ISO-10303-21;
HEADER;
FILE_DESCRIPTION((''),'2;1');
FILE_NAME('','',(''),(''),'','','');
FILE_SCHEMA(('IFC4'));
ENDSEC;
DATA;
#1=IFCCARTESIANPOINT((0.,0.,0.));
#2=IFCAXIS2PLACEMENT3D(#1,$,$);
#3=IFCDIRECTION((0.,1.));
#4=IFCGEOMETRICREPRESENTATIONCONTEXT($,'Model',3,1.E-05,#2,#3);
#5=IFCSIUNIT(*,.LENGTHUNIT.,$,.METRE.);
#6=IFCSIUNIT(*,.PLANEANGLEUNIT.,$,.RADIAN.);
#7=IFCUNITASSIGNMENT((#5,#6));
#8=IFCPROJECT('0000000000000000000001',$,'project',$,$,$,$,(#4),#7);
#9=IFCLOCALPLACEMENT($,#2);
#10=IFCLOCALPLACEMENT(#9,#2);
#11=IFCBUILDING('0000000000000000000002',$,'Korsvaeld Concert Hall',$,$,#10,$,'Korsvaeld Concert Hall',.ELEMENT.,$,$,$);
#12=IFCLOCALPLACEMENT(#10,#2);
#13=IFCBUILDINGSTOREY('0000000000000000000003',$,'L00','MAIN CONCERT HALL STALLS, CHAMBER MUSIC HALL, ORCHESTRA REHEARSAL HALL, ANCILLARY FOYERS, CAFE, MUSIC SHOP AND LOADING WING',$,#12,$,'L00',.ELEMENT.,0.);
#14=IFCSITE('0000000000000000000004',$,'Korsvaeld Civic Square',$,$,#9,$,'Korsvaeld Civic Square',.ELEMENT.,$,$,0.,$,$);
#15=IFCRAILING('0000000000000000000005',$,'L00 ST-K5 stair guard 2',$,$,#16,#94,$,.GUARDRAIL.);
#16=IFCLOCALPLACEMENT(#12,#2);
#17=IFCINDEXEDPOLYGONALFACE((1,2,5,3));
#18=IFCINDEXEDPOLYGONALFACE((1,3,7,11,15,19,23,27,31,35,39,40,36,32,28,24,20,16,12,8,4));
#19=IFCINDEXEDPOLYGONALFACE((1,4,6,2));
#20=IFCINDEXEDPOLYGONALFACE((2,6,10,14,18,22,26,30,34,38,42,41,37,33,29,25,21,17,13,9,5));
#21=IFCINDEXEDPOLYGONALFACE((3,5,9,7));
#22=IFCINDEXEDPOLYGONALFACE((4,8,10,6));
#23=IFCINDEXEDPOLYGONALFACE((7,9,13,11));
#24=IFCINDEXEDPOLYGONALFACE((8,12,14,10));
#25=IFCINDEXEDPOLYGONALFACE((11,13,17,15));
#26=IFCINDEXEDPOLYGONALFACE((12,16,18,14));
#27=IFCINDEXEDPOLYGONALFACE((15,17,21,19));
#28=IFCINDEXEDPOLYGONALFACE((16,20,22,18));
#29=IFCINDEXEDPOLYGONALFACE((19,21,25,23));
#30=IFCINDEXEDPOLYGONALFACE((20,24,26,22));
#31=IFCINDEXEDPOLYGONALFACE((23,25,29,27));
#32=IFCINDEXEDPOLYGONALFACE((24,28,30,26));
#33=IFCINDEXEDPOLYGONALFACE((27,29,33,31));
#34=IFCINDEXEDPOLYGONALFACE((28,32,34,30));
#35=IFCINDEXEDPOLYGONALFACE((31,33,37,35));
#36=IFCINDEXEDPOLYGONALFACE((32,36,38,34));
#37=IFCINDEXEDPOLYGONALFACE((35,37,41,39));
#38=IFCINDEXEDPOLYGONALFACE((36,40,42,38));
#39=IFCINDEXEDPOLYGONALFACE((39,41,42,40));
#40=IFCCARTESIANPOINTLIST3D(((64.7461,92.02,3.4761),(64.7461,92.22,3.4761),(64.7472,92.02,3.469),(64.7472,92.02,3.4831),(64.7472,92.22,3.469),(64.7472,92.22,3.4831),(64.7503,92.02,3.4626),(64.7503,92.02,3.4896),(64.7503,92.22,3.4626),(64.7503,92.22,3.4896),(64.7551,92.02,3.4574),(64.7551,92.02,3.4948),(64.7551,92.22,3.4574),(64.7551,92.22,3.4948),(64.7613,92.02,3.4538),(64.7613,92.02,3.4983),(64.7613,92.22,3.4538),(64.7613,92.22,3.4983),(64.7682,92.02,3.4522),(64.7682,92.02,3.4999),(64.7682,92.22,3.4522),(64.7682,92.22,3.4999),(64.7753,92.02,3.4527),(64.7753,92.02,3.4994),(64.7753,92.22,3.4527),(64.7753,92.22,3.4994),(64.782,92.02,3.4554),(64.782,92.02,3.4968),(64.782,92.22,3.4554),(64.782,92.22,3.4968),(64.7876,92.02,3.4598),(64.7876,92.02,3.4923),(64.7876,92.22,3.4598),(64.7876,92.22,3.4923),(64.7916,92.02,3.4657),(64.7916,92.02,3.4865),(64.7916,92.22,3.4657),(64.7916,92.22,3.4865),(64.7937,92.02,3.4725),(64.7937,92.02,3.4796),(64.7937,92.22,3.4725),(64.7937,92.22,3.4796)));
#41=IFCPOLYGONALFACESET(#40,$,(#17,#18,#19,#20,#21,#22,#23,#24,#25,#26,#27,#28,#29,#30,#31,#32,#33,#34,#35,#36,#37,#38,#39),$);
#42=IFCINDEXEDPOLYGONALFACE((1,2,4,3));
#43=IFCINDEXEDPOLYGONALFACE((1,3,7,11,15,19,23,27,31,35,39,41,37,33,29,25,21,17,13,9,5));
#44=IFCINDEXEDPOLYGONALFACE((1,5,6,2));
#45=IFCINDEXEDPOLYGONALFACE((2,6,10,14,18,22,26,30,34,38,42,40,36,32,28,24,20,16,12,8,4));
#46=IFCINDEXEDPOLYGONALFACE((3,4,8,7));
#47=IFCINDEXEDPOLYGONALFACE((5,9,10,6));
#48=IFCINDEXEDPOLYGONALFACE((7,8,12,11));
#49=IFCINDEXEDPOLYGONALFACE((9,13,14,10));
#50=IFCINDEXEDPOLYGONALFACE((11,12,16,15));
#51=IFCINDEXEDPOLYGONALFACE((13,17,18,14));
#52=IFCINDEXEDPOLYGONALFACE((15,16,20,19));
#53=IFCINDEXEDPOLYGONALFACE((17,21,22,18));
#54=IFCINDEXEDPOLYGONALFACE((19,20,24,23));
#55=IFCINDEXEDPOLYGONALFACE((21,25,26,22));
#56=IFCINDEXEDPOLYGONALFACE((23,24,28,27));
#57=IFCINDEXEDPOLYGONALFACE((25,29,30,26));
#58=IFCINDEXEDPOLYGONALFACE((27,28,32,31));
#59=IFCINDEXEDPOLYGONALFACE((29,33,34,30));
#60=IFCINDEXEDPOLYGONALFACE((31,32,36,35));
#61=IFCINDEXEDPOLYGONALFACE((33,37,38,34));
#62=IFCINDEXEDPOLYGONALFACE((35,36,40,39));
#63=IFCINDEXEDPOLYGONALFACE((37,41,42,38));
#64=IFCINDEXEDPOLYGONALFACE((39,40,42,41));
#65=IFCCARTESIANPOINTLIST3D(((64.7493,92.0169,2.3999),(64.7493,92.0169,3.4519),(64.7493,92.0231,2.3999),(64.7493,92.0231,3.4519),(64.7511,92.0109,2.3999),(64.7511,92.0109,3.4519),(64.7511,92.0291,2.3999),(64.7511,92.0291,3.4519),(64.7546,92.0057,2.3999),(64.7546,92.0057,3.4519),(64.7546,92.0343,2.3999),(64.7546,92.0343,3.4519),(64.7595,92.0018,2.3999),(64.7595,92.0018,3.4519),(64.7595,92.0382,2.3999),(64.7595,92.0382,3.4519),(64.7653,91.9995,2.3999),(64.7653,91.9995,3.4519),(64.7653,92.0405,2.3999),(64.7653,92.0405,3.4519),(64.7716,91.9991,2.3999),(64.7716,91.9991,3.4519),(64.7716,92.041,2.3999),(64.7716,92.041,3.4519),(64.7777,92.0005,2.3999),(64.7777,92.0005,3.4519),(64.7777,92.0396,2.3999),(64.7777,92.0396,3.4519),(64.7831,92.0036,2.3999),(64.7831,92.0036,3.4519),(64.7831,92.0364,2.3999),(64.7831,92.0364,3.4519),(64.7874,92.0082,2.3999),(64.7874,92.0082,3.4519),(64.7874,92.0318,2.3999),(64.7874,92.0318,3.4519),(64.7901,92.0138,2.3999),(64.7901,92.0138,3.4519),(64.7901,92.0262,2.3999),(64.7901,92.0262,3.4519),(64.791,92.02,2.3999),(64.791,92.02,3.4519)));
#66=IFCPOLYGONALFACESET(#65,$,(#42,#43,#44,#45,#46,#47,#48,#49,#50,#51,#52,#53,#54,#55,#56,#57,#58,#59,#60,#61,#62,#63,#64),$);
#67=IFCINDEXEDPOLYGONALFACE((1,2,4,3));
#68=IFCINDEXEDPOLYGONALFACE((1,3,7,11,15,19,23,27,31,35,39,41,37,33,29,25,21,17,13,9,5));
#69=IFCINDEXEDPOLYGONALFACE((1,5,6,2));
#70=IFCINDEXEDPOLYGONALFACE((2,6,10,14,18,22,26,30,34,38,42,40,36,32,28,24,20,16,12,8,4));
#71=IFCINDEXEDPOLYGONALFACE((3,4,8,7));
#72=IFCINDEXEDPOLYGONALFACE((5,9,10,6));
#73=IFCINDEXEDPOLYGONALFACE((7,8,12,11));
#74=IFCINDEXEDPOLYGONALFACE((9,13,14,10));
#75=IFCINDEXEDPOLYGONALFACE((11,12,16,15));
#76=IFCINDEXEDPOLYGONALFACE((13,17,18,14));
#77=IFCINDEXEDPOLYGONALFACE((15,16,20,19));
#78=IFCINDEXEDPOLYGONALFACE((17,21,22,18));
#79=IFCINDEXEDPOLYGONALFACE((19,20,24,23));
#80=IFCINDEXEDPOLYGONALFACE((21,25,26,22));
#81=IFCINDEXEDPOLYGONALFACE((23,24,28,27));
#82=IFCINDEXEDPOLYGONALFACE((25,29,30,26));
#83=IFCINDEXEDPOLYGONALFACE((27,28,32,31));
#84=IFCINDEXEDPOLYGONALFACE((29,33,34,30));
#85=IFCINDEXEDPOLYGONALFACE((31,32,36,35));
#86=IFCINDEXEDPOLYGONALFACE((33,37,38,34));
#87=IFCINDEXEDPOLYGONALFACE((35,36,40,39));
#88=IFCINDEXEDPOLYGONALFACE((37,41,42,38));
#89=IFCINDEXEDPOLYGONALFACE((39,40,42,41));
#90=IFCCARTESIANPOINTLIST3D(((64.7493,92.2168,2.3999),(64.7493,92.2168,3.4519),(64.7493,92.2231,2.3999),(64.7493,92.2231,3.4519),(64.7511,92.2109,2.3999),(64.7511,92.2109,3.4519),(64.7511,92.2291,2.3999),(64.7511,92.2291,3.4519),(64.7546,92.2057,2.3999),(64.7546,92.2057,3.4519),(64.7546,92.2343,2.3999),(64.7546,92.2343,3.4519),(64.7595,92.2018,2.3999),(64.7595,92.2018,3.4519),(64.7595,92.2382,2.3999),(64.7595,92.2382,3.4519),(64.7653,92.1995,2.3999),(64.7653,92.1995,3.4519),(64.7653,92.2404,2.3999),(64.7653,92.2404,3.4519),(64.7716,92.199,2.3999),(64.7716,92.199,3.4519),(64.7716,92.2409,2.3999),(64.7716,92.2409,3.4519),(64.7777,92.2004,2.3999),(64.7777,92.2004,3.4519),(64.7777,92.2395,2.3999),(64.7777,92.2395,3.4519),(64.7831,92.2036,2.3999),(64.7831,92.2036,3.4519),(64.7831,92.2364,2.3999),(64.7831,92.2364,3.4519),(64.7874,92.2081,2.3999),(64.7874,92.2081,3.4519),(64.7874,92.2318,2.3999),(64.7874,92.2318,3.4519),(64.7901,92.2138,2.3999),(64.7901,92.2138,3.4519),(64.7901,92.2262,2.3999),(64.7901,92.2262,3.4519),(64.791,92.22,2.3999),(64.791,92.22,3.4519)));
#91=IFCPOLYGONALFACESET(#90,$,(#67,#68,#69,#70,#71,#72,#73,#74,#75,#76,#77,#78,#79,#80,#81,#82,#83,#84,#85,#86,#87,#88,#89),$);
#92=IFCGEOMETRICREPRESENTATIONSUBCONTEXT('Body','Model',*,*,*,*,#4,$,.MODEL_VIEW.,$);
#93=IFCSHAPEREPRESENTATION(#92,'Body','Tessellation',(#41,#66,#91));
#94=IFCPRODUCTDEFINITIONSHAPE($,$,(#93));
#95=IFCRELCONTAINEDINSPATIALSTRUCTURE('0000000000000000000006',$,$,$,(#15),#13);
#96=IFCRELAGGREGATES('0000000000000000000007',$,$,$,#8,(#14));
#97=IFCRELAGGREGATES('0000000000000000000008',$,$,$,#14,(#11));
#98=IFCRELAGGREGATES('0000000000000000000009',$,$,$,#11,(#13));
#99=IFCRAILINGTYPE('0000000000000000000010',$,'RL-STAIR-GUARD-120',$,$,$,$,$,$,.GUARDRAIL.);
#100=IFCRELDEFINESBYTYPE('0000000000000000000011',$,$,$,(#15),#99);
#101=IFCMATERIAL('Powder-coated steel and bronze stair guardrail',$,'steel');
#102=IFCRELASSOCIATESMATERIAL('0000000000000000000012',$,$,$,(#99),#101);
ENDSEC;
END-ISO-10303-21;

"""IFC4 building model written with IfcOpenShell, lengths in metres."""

from ifc_helpers import new_model, si_unit, direction, frame, origin, origin_2d, place, context, subcontext, project, spatial, circle, extrude, material, type_object, element, save


model = new_model("IFC4")

# Units and contexts
model_context = context("Model", 3, precision=1e-05, world=origin(), true_north=direction((0.0, 1.0)))
body_context = subcontext(model_context, "Body", "Model", "MODEL_VIEW")
ifc_project = project(units=[si_unit("LENGTHUNIT", "METRE"), si_unit("PLANEANGLEUNIT", "RADIAN")], contexts=[model_context])

# Site, building, storey
site_placement = place(None, origin())
site = spatial("IfcSite", under=ifc_project, at=site_placement, Name="Korsvaeld Civic Square", LongName="Korsvaeld Civic Square", CompositionType="ELEMENT", RefElevation=0.0)
building_placement = place(site_placement, origin())
building = spatial("IfcBuilding", under=site, at=building_placement, Name="Korsvaeld Concert Hall", LongName="Korsvaeld Concert Hall", CompositionType="ELEMENT")
storey_placement = place(building_placement, origin())
storey = spatial("IfcBuildingStorey", under=building, at=storey_placement, Name="L00", Description="MAIN CONCERT HALL STALLS, CHAMBER MUSIC HALL, ORCHESTRA REHEARSAL HALL, ANCILLARY FOYERS, CAFE, MUSIC SHOP AND LOADING WING", LongName="L00", CompositionType="ELEMENT", Elevation=0.0)

# Railing
ifc_material_1 = material(Name="Powder-coated steel and bronze stair guardrail", Category="steel")
railing_type_1 = type_object("IfcRailingType", Name="RL-STAIR-GUARD-120", PredefinedType="GUARDRAIL", material=ifc_material_1)
railing_1_placement = place(storey_placement, frame((64.77, 92.02, 2.3999)))
element("IfcRailing", 1, at=railing_1_placement, inside=storey, type_object=railing_type_1, Name="L00 ST-K5 stair guard 2", PredefinedType="GUARDRAIL", context=body_context, shape_type="SweptSolid", body=[
    extrude(circle(Radius=0.0239, at=origin_2d()), frame((0.0, 0.0, 1.0762), z_axis=(0.0, 1.0, 0.0), x_axis=(-1.0, 0.0, 0.0)), (0.0, 0.0, 1.0), 0.2),
    extrude(circle(Radius=0.021, at=origin_2d()), origin(), (0.0, 0.0, 1.0), 1.052),
    extrude(circle(Radius=0.021, at=origin_2d()), frame((0.0, 0.2, 0.0)), (0.0, 0.0, 1.0), 1.052),
])

save(model, "model.ifc")
